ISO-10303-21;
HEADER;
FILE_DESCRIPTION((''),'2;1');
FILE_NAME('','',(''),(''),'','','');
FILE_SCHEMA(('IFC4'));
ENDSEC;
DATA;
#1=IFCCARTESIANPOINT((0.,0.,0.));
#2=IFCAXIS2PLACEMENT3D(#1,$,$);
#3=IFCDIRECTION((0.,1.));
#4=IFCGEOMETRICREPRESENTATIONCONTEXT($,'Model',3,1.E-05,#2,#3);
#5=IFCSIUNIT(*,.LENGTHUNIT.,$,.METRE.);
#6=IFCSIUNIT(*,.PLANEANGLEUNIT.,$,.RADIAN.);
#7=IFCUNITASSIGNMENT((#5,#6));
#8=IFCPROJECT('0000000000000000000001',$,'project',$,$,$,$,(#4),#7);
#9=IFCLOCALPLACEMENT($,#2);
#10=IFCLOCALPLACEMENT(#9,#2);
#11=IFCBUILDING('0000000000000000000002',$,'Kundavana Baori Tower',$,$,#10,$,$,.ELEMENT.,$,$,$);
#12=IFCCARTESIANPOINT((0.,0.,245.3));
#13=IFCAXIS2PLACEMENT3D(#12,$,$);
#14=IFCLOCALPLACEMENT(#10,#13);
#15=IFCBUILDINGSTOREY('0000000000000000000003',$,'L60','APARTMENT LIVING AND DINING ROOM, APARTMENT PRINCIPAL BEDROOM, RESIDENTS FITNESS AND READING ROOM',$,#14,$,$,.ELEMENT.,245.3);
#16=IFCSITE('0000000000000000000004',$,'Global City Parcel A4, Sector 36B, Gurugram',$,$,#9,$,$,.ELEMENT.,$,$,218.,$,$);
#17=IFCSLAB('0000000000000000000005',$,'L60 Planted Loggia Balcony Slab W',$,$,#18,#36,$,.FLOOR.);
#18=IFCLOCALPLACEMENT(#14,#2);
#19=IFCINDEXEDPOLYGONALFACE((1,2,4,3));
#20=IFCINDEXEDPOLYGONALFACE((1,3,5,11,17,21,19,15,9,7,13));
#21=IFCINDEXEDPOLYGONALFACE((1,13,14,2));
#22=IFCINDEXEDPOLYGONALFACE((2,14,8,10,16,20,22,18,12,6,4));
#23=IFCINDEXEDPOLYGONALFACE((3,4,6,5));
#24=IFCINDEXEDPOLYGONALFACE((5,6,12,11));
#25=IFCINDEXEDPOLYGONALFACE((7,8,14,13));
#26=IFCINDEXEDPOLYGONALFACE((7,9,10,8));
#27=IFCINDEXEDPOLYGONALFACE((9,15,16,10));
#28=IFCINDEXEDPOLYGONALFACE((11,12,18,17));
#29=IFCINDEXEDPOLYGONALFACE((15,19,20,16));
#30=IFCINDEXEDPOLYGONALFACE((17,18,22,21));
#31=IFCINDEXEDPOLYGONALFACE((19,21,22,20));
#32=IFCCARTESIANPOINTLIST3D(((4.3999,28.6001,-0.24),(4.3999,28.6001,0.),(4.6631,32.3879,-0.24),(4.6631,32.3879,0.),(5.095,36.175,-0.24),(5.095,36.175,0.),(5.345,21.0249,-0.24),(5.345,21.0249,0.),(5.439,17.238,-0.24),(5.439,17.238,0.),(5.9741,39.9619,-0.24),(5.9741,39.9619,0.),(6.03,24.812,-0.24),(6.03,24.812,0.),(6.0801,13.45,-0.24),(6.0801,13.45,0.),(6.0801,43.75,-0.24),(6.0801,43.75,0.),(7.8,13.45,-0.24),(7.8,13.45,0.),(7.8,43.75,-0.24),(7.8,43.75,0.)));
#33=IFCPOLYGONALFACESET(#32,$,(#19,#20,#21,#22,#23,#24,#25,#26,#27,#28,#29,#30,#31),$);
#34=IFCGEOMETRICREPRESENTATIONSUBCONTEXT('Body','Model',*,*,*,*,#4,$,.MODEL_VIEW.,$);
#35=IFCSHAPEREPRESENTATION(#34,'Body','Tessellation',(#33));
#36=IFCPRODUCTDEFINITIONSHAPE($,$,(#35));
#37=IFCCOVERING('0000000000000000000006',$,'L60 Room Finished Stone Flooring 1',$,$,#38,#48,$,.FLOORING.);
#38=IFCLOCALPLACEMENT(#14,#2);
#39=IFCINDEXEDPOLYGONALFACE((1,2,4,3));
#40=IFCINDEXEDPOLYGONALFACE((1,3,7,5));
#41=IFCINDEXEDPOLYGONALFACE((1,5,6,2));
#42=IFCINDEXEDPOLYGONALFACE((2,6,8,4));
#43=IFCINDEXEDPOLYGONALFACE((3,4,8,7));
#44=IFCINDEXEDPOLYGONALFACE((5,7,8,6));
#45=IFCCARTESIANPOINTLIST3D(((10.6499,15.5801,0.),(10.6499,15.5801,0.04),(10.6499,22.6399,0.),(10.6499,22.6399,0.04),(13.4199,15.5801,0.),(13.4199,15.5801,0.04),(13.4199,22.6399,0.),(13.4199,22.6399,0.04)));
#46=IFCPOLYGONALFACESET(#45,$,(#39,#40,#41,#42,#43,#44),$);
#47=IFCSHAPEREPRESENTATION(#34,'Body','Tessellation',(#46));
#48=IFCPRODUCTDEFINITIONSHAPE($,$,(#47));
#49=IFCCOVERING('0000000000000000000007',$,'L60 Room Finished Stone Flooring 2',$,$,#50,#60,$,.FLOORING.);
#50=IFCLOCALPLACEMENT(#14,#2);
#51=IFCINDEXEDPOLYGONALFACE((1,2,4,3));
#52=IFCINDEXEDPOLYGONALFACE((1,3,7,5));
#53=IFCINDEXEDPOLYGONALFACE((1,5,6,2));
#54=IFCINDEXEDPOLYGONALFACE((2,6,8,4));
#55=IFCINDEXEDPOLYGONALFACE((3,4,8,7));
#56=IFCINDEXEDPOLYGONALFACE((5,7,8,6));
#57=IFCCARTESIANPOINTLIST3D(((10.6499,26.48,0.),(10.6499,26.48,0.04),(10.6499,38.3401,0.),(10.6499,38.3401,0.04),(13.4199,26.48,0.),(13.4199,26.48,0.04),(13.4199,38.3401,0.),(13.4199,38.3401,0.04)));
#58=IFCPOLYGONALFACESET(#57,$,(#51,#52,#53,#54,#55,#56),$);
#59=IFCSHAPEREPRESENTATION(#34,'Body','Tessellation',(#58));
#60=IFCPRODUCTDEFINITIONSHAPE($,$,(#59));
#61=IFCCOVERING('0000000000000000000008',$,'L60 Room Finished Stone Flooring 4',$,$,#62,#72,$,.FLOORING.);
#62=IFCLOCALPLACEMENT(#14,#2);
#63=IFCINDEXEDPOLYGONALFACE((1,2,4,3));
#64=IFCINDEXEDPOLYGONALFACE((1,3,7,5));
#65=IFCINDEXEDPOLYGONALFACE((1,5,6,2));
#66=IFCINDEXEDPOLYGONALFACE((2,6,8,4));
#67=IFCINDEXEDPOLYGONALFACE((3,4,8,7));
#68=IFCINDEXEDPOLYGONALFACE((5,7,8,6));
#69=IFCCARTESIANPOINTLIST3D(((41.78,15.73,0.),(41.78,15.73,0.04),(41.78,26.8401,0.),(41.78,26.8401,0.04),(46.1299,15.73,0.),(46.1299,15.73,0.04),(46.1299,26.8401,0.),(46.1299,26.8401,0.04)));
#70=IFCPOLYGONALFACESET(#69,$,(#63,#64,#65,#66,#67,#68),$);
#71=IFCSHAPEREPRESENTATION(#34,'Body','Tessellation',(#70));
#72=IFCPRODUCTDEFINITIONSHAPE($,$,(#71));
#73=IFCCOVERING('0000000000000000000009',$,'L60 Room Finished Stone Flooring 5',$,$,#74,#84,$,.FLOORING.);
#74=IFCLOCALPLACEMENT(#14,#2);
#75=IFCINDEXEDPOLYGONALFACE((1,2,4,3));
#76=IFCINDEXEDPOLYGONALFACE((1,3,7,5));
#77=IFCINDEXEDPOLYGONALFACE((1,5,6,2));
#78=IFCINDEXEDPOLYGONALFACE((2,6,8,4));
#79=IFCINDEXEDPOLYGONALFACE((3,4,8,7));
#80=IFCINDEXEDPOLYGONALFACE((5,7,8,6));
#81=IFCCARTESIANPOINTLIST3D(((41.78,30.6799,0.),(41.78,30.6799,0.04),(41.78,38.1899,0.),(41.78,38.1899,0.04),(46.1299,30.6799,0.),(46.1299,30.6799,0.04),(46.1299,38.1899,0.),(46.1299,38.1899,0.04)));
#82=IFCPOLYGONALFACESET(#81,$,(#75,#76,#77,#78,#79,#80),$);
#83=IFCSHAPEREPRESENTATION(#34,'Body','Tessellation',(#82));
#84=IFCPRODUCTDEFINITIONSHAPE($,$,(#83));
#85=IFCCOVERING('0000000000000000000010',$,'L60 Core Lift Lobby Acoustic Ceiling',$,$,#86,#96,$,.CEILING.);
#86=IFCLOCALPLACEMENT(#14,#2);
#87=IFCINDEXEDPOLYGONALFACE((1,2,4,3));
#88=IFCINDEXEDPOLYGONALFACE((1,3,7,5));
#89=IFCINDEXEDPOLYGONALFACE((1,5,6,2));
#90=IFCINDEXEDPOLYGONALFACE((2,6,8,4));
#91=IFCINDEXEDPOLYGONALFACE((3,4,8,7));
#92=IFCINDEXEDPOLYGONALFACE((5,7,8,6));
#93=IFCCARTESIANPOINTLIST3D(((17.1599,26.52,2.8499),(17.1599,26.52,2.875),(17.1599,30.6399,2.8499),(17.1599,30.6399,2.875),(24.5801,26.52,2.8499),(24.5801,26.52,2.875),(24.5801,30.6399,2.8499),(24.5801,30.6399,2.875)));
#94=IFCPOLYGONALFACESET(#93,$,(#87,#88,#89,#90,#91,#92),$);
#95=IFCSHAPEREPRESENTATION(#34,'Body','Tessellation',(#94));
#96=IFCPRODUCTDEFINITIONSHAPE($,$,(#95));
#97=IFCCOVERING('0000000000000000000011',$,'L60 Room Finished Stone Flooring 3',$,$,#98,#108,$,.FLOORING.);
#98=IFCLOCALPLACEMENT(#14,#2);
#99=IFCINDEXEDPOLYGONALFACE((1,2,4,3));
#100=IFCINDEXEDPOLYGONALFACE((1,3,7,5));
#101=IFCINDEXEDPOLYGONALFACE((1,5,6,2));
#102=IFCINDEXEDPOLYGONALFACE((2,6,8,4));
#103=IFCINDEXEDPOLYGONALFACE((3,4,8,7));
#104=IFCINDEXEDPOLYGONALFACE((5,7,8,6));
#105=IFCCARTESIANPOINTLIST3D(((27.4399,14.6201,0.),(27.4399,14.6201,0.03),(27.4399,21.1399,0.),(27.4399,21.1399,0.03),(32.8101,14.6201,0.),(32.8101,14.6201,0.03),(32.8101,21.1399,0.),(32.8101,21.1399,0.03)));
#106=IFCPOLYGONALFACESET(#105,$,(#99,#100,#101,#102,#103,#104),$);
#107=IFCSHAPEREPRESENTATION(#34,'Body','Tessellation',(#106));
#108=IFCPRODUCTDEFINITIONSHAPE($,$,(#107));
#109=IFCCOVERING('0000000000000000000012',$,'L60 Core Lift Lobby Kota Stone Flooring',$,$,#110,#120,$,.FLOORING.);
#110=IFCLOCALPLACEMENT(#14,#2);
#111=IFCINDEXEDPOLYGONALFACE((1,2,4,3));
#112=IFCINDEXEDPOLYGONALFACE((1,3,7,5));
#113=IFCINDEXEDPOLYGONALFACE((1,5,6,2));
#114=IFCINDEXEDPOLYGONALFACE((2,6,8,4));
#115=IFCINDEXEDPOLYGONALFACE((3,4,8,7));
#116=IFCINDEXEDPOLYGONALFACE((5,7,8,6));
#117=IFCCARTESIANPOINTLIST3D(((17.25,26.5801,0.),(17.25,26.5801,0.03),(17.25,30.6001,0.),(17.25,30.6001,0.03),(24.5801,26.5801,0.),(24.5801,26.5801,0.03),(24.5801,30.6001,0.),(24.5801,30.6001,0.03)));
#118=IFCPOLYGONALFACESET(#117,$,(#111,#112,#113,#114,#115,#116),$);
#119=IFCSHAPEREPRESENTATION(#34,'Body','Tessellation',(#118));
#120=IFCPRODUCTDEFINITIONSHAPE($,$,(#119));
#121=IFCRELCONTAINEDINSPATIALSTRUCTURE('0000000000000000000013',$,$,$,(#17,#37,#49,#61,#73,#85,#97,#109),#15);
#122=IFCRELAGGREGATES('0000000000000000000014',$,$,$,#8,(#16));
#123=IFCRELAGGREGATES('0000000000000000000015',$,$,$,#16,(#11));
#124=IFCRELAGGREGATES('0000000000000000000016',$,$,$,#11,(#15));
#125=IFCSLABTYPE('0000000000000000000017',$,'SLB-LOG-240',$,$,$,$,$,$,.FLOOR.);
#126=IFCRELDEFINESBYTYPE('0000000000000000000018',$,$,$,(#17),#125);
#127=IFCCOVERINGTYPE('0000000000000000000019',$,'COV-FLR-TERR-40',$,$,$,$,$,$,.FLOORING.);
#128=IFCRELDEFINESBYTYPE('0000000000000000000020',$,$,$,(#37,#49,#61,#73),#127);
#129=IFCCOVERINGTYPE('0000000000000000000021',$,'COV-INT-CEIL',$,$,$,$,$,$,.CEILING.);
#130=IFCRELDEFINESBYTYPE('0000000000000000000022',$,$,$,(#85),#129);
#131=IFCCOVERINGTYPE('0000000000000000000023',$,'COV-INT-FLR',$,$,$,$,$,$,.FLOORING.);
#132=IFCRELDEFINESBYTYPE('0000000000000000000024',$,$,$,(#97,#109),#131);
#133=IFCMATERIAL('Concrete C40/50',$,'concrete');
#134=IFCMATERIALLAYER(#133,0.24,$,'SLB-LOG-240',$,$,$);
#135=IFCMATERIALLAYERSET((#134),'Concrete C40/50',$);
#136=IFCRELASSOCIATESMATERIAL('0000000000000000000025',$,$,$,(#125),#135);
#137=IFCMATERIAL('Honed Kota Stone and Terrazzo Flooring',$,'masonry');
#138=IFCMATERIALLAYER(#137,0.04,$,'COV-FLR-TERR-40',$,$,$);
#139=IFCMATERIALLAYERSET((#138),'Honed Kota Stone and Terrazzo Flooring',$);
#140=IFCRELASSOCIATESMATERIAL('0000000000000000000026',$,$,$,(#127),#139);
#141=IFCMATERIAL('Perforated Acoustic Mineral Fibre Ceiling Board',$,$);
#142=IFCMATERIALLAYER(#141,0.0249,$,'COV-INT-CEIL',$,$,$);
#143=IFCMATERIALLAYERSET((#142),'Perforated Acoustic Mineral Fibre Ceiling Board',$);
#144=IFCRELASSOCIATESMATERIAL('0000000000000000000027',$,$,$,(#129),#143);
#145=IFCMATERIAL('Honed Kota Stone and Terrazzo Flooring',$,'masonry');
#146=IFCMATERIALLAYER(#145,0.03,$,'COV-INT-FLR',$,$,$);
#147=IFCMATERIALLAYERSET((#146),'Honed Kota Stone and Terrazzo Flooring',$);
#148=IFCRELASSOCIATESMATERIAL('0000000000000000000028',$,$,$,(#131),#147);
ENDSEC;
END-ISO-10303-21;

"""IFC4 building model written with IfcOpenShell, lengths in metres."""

from ifc_helpers import new_model, si_unit, direction, frame, origin, place, context, subcontext, project, spatial, polyline, outline, extrude, material, layer, layer_set, type_object, element, save


model = new_model("IFC4")

# Units and contexts
model_context = context("Model", 3, precision=1e-05, world=origin(), true_north=direction((0.0, 1.0)))
body_context = subcontext(model_context, "Body", "Model", "MODEL_VIEW")
ifc_project = project(units=[si_unit("LENGTHUNIT", "METRE"), si_unit("PLANEANGLEUNIT", "RADIAN")], contexts=[model_context])

# Site, building, storey
site_placement = place(None, origin())
site = spatial("IfcSite", under=ifc_project, at=site_placement, Name="Global City Parcel A4, Sector 36B, Gurugram", CompositionType="ELEMENT", RefElevation=218.0)
building_placement = place(site_placement, origin())
building = spatial("IfcBuilding", under=site, at=building_placement, Name="Kundavana Baori Tower", CompositionType="ELEMENT")
storey_placement = place(building_placement, frame((0.0, 0.0, 245.3)))
storey = spatial("IfcBuildingStorey", under=building, at=storey_placement, Name="L60", Description="APARTMENT LIVING AND DINING ROOM, APARTMENT PRINCIPAL BEDROOM, RESIDENTS FITNESS AND READING ROOM", CompositionType="ELEMENT", Elevation=245.3)

# Slab
ifc_material_1 = material(Name="Concrete C40/50", Category="concrete")
ifc_layer_1 = layer(ifc_material_1, 0.24, Name="SLB-LOG-240")
ifc_layer_set_1 = layer_set([ifc_layer_1], Name="Concrete C40/50")
slab_type_1 = type_object("IfcSlabType", Name="SLB-LOG-240", PredefinedType="FLOOR", material=ifc_layer_set_1)
slab_1_placement = place(storey_placement, frame((0.0, 0.0, -0.24)))
element("IfcSlab", 1, at=slab_1_placement, inside=storey, type_object=slab_type_1, Name="L60 Planted Loggia Balcony Slab W", PredefinedType="FLOOR", context=body_context, shape_type="SweptSolid", body=[
    extrude(outline(polyline([(7.8, 43.75), (7.8, 13.45), (6.0801, 13.45), (5.439, 17.238), (5.345, 21.0249), (6.03, 24.812), (4.3999, 28.6001), (4.6631, 32.3879), (5.095, 36.175), (5.9741, 39.9619), (6.0801, 43.75), (7.8, 43.75)])), origin(), (0.0, 0.0, 1.0), 0.24),
])

# Coverings
ifc_material_2 = material(Name="Honed Kota Stone and Terrazzo Flooring", Category="masonry")
ifc_layer_2 = layer(ifc_material_2, 0.04, Name="COV-FLR-TERR-40")
ifc_layer_set_2 = layer_set([ifc_layer_2], Name="Honed Kota Stone and Terrazzo Flooring")
covering_type_1 = type_object("IfcCoveringType", Name="COV-FLR-TERR-40", PredefinedType="FLOORING", material=ifc_layer_set_2)
covering_1_placement = place(storey_placement, origin())
element("IfcCovering", 2, at=covering_1_placement, inside=storey, type_object=covering_type_1, Name="L60 Room Finished Stone Flooring 1", PredefinedType="FLOORING", context=body_context, shape_type="SweptSolid", body=[
    extrude(outline(polyline([(10.6499, 15.5801), (13.4199, 15.5801), (13.4199, 22.6399), (10.6499, 22.6399), (10.6499, 15.5801)])), origin(), (0.0, 0.0, 1.0), 0.04),
])
covering_2_placement = place(storey_placement, origin())
element("IfcCovering", 3, at=covering_2_placement, inside=storey, type_object=covering_type_1, Name="L60 Room Finished Stone Flooring 2", PredefinedType="FLOORING", context=body_context, shape_type="SweptSolid", body=[
    extrude(outline(polyline([(10.6499, 26.48), (13.4199, 26.48), (13.4199, 38.3401), (10.6499, 38.3401), (10.6499, 26.48)])), origin(), (0.0, 0.0, 1.0), 0.04),
])
covering_3_placement = place(storey_placement, origin())
element("IfcCovering", 4, at=covering_3_placement, inside=storey, type_object=covering_type_1, Name="L60 Room Finished Stone Flooring 4", PredefinedType="FLOORING", context=body_context, shape_type="SweptSolid", body=[
    extrude(outline(polyline([(41.78, 15.73), (46.1299, 15.73), (46.1299, 26.8401), (41.78, 26.8401), (41.78, 15.73)])), origin(), (0.0, 0.0, 1.0), 0.04),
])
covering_4_placement = place(storey_placement, origin())
element("IfcCovering", 5, at=covering_4_placement, inside=storey, type_object=covering_type_1, Name="L60 Room Finished Stone Flooring 5", PredefinedType="FLOORING", context=body_context, shape_type="SweptSolid", body=[
    extrude(outline(polyline([(41.78, 30.6799), (46.1299, 30.6799), (46.1299, 38.1899), (41.78, 38.1899), (41.78, 30.6799)])), origin(), (0.0, 0.0, 1.0), 0.04),
])
ifc_material_3 = material(Name="Perforated Acoustic Mineral Fibre Ceiling Board")
ifc_layer_3 = layer(ifc_material_3, 0.0249, Name="COV-INT-CEIL")
ifc_layer_set_3 = layer_set([ifc_layer_3], Name="Perforated Acoustic Mineral Fibre Ceiling Board")
covering_type_2 = type_object("IfcCoveringType", Name="COV-INT-CEIL", PredefinedType="CEILING", material=ifc_layer_set_3)
covering_5_placement = place(storey_placement, frame((0.0, 0.0, 2.8499)))
element("IfcCovering", 6, at=covering_5_placement, inside=storey, type_object=covering_type_2, Name="L60 Core Lift Lobby Acoustic Ceiling", PredefinedType="CEILING", context=body_context, shape_type="SweptSolid", body=[
    extrude(outline(polyline([(17.1599, 26.52), (24.5801, 26.52), (24.5801, 30.6399), (17.1599, 30.6399), (17.1599, 26.52)])), origin(), (0.0, 0.0, 1.0), 0.0251),
])
ifc_material_4 = material(Name="Honed Kota Stone and Terrazzo Flooring", Category="masonry")
ifc_layer_4 = layer(ifc_material_4, 0.03, Name="COV-INT-FLR")
ifc_layer_set_4 = layer_set([ifc_layer_4], Name="Honed Kota Stone and Terrazzo Flooring")
covering_type_3 = type_object("IfcCoveringType", Name="COV-INT-FLR", PredefinedType="FLOORING", material=ifc_layer_set_4)
covering_6_placement = place(storey_placement, origin())
element("IfcCovering", 7, at=covering_6_placement, inside=storey, type_object=covering_type_3, Name="L60 Room Finished Stone Flooring 3", PredefinedType="FLOORING", context=body_context, shape_type="SweptSolid", body=[
    extrude(outline(polyline([(27.4399, 14.6201), (32.8101, 14.6201), (32.8101, 21.1399), (27.4399, 21.1399), (27.4399, 14.6201)])), origin(), (0.0, 0.0, 1.0), 0.03),
])
covering_7_placement = place(storey_placement, origin())
element("IfcCovering", 8, at=covering_7_placement, inside=storey, type_object=covering_type_3, Name="L60 Core Lift Lobby Kota Stone Flooring", PredefinedType="FLOORING", context=body_context, shape_type="SweptSolid", body=[
    extrude(outline(polyline([(17.25, 26.5801), (24.5801, 26.5801), (24.5801, 30.6001), (17.25, 30.6001), (17.25, 26.5801)])), origin(), (0.0, 0.0, 1.0), 0.03),
])

save(model, "model.ifc")
